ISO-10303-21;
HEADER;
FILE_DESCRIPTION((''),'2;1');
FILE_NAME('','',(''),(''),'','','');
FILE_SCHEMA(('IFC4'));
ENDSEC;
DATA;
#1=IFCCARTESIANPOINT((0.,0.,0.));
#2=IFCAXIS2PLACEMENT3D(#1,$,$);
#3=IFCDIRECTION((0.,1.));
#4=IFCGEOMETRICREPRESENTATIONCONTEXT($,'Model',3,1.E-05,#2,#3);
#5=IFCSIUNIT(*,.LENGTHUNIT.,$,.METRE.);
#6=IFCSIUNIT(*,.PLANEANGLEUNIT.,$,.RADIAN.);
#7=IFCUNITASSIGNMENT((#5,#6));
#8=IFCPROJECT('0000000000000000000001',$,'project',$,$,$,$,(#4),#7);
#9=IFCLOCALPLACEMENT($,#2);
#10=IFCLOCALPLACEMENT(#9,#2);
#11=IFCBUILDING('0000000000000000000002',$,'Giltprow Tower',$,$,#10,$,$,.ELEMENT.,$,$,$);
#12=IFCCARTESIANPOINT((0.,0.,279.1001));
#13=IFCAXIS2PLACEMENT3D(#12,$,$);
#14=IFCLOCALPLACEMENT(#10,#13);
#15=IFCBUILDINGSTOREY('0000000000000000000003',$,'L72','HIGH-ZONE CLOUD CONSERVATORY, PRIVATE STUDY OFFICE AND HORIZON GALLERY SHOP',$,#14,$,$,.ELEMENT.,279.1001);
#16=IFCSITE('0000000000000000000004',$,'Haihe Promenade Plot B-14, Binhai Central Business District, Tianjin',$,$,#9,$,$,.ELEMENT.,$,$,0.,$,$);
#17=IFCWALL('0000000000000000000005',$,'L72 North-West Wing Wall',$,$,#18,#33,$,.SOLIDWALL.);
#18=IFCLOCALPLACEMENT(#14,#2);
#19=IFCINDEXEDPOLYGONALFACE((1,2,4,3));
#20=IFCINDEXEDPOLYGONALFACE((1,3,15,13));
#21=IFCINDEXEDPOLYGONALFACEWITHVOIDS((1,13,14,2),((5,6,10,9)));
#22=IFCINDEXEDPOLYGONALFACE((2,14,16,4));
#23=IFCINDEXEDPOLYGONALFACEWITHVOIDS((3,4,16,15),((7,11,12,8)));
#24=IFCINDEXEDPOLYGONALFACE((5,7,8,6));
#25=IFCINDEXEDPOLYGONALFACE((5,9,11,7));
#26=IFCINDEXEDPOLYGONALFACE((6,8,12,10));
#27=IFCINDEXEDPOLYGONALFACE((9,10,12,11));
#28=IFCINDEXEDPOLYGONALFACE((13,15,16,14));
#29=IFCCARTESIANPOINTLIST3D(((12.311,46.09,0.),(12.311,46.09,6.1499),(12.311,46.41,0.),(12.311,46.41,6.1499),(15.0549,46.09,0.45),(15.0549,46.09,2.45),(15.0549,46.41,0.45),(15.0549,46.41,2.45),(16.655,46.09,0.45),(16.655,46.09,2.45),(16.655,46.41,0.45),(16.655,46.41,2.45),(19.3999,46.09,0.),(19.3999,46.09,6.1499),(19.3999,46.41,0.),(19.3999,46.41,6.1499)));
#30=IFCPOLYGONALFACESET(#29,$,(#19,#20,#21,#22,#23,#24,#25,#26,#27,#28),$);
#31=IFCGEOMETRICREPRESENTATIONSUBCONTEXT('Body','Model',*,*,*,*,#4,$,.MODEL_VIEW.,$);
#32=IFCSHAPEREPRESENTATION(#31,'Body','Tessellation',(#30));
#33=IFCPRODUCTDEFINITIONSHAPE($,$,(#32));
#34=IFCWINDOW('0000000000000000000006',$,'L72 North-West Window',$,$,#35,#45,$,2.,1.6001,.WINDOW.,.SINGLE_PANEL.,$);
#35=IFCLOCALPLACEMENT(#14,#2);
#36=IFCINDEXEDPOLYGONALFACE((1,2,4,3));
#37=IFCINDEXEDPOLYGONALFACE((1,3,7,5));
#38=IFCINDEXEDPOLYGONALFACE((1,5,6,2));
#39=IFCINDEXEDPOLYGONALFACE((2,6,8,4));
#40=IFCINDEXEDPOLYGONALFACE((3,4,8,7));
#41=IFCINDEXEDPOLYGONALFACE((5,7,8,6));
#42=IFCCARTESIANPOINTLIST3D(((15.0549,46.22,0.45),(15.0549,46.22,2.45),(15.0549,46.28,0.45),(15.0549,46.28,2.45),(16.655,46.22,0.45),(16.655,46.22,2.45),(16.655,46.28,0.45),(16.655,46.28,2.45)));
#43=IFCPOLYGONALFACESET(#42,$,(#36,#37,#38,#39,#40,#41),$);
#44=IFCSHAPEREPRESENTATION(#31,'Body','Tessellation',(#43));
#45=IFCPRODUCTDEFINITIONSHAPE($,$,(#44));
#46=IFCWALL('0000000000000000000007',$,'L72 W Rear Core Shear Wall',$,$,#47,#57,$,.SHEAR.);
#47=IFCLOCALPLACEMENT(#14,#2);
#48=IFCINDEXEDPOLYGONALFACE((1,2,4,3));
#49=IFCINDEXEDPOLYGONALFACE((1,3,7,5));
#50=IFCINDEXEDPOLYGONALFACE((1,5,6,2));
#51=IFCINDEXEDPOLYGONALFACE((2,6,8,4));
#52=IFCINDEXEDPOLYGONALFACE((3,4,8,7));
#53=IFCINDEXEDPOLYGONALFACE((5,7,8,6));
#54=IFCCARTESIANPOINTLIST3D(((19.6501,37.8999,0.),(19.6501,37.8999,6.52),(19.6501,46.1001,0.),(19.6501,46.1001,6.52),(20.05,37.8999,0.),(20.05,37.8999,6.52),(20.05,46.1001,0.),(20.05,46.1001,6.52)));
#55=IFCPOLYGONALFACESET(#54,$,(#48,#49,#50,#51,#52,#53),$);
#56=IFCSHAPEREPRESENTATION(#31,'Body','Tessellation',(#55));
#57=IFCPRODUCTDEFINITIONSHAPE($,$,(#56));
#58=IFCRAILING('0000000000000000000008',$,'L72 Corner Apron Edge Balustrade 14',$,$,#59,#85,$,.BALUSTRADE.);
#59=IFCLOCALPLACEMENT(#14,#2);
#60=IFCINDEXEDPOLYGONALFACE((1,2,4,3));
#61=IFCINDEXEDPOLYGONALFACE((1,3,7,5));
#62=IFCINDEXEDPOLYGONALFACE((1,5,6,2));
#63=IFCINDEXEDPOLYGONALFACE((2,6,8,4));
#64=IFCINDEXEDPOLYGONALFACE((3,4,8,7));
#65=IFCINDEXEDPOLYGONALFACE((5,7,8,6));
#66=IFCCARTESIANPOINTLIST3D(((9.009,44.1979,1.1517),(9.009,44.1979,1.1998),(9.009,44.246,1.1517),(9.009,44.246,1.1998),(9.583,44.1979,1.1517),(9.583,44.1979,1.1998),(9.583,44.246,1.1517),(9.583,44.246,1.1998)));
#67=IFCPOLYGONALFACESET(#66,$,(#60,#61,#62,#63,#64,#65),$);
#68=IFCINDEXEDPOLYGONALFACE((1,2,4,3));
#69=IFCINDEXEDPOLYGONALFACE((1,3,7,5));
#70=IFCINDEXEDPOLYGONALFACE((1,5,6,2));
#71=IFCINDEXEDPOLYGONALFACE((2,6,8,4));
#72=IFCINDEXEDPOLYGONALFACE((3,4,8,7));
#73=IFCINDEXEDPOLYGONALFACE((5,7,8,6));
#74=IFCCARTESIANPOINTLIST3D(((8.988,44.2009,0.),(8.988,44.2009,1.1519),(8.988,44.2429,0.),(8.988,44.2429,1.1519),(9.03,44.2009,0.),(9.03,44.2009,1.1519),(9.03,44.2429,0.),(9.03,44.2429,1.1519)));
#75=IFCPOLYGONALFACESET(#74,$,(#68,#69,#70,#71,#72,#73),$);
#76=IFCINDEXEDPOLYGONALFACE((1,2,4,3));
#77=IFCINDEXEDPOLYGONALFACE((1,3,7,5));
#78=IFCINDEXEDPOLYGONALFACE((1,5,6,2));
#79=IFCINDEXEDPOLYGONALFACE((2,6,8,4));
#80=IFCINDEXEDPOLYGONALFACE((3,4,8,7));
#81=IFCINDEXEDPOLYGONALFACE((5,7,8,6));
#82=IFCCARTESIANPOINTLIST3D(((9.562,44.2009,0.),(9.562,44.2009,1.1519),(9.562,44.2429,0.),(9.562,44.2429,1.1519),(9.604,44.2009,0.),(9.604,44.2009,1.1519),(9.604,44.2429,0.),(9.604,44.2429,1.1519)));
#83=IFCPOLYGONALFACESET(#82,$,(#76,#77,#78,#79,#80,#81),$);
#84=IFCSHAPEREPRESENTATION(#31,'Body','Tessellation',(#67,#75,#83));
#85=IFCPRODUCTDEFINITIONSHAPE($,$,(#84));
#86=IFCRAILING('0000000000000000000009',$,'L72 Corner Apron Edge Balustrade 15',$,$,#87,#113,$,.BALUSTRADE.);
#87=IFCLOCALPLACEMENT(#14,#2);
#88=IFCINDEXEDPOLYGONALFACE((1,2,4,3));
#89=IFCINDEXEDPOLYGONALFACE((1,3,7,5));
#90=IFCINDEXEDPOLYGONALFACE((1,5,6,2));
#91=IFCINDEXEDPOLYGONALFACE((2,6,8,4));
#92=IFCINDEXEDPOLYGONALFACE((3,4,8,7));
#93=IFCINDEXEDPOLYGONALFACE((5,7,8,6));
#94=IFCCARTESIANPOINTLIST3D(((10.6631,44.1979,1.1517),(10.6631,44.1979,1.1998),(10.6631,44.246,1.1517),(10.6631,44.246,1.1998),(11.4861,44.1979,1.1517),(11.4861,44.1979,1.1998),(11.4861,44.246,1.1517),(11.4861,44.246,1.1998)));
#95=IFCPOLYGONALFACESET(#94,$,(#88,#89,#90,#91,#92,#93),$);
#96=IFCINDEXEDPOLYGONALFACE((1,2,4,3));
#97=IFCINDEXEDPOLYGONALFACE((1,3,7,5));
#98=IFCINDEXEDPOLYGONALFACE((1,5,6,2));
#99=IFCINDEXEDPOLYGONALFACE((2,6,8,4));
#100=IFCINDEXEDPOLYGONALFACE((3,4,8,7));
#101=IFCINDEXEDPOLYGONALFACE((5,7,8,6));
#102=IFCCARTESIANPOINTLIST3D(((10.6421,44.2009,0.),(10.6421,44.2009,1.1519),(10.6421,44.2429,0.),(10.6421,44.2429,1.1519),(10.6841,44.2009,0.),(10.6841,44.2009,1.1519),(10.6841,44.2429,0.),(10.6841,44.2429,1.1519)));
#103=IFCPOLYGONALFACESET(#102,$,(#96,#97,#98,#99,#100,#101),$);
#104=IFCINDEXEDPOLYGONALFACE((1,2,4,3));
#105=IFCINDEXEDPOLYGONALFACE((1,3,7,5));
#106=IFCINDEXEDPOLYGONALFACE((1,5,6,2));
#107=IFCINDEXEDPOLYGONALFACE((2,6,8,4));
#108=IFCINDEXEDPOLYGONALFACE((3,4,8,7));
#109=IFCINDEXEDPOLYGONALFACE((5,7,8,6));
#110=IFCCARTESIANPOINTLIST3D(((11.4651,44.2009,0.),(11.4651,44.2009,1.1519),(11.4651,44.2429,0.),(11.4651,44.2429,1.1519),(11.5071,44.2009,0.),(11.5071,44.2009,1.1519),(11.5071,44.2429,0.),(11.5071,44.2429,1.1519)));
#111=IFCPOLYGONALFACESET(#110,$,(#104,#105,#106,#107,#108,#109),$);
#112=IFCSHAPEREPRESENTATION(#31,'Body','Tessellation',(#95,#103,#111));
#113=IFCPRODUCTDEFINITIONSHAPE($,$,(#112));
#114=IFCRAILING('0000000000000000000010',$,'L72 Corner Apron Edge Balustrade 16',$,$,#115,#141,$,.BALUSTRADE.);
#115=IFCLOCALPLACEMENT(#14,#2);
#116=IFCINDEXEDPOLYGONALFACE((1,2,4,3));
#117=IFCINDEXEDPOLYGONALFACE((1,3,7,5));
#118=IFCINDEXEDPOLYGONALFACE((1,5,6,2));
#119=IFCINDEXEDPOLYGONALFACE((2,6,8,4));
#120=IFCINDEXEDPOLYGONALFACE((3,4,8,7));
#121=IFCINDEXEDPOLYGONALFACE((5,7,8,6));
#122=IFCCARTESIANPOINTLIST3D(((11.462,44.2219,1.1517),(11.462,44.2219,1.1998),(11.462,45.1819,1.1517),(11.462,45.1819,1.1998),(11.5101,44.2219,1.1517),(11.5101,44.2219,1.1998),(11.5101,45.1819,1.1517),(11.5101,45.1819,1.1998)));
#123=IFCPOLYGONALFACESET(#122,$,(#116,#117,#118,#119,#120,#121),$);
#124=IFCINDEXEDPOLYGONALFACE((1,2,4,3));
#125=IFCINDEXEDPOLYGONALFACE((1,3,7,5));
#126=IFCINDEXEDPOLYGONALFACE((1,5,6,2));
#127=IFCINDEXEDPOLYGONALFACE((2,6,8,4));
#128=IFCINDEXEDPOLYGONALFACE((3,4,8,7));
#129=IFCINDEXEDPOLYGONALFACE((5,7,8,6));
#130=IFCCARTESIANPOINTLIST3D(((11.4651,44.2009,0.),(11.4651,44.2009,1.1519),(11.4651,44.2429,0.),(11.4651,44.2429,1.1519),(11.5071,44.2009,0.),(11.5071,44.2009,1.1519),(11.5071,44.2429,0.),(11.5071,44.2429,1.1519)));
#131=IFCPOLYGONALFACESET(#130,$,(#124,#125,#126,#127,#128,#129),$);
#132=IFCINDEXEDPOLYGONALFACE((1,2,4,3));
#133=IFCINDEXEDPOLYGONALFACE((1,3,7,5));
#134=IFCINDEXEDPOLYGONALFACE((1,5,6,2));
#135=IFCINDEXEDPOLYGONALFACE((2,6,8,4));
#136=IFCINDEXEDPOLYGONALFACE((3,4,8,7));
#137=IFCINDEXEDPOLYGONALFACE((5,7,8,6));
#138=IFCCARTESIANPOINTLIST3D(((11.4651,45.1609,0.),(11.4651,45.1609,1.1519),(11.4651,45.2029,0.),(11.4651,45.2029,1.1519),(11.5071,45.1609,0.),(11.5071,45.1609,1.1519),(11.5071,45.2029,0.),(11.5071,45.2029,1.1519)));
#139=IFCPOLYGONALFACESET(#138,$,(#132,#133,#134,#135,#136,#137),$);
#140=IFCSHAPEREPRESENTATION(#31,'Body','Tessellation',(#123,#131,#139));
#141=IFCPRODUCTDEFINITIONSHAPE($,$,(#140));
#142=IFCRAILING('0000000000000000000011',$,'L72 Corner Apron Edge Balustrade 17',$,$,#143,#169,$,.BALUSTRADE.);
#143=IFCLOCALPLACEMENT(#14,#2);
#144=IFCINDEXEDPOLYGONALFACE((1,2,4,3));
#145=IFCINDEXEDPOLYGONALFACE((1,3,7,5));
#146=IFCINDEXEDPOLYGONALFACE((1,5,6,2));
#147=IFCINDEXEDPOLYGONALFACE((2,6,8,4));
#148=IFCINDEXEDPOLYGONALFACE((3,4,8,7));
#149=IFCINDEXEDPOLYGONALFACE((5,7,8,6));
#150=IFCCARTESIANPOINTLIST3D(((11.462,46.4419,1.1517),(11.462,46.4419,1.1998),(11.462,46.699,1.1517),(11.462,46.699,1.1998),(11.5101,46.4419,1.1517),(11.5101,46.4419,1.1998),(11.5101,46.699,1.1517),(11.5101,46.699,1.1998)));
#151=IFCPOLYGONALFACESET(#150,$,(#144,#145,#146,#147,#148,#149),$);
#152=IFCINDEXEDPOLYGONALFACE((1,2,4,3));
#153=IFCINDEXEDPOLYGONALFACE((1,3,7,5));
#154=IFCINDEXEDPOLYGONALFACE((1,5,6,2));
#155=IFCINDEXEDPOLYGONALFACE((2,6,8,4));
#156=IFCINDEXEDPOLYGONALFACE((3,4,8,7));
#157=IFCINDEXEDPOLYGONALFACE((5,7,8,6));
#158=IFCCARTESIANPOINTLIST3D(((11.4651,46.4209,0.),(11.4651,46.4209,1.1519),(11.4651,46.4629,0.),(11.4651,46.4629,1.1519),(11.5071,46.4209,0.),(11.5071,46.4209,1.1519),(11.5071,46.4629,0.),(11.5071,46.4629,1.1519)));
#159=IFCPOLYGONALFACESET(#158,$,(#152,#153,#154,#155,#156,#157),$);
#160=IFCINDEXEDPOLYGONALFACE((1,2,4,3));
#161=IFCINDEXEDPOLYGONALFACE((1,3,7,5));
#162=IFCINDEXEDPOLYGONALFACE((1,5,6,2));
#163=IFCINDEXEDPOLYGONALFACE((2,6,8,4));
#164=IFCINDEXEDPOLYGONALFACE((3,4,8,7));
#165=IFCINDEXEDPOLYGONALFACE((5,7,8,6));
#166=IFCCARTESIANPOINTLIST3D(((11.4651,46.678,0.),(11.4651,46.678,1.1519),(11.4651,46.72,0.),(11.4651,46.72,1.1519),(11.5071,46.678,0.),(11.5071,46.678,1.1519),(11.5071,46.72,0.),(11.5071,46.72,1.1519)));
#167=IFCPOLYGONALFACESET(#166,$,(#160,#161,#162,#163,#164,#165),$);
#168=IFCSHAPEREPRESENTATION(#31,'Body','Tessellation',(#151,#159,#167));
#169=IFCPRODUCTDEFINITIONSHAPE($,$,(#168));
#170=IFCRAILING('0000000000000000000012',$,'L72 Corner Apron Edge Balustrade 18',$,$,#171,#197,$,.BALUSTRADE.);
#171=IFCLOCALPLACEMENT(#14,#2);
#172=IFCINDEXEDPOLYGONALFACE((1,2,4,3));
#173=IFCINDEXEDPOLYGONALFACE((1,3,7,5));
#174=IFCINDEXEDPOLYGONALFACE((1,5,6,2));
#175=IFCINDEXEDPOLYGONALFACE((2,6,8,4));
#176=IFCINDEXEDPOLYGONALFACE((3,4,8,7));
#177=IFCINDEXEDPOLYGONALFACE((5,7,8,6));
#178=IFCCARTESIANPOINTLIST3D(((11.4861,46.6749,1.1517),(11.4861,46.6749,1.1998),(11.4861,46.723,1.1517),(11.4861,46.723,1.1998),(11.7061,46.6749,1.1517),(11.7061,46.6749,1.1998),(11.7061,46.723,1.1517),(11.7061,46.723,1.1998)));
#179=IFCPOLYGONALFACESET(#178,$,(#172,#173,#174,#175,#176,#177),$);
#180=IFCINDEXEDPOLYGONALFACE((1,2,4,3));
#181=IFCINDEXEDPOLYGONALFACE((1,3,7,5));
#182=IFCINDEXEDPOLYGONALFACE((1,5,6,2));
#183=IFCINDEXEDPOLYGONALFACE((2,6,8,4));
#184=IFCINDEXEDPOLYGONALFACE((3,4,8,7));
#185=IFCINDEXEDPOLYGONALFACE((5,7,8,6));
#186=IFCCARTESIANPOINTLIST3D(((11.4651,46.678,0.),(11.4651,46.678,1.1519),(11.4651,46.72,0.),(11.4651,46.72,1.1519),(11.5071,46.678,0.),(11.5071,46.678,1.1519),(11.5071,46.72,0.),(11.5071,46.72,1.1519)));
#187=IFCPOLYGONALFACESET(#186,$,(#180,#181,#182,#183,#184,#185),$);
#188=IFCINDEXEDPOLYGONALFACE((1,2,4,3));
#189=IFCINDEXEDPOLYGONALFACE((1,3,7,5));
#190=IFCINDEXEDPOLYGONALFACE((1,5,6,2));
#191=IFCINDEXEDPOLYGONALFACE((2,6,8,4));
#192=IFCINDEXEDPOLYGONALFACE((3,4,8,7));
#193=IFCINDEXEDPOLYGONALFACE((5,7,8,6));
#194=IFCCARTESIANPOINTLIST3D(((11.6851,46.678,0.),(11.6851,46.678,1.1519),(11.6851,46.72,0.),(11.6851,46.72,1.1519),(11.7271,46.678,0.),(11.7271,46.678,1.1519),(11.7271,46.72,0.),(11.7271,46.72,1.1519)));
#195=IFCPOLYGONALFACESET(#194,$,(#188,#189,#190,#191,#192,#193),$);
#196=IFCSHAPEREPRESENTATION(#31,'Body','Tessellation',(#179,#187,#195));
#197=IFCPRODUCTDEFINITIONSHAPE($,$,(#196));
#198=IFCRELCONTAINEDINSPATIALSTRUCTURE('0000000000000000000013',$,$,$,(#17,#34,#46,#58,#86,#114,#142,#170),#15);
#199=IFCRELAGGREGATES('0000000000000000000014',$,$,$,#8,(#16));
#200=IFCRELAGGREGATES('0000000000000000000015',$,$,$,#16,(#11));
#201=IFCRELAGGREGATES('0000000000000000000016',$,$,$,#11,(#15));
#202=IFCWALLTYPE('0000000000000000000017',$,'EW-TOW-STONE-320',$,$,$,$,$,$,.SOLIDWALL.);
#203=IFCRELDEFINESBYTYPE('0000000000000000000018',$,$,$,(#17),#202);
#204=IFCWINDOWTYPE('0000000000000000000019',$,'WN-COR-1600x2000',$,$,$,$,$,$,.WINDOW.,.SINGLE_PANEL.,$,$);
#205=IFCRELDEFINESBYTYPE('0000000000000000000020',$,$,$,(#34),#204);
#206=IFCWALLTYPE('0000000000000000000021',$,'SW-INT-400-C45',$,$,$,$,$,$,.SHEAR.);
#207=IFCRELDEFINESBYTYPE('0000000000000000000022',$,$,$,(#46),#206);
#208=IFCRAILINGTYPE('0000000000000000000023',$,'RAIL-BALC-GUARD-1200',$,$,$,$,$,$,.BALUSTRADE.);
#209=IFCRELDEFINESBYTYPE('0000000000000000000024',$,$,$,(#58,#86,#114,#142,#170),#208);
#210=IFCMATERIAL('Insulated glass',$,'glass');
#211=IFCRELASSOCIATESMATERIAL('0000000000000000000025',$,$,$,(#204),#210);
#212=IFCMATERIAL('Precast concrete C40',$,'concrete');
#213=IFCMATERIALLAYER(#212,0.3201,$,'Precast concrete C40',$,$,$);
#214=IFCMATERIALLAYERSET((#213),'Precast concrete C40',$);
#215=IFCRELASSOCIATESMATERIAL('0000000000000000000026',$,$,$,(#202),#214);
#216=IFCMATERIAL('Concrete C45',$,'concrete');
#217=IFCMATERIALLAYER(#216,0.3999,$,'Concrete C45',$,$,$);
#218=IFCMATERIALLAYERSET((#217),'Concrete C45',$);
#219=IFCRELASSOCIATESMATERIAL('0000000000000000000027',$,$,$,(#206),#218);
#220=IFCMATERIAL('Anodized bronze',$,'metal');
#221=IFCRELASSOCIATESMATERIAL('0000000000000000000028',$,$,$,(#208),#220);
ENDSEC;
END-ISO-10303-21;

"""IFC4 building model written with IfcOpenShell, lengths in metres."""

from ifc_helpers import new_model, si_unit, direction, frame, frame_2d, origin, origin_2d, place, context, subcontext, project, spatial, rectangle, extrude, source, transform, mapped, material, layer, layer_set, type_object, element, fill, save


model = new_model("IFC4")

# Units and contexts
model_context = context("Model", 3, precision=1e-05, world=origin(), true_north=direction((0.0, 1.0)))
body_context = subcontext(model_context, "Body", "Model", "MODEL_VIEW")
ifc_project = project(units=[si_unit("LENGTHUNIT", "METRE"), si_unit("PLANEANGLEUNIT", "RADIAN")], contexts=[model_context])

# Site, building, storey
site_placement = place(None, origin())
site = spatial("IfcSite", under=ifc_project, at=site_placement, Name="Haihe Promenade Plot B-14, Binhai Central Business District, Tianjin", CompositionType="ELEMENT", RefElevation=0.0)
building_placement = place(site_placement, origin())
building = spatial("IfcBuilding", under=site, at=building_placement, Name="Giltprow Tower", CompositionType="ELEMENT")
storey_placement = place(building_placement, frame((0.0, 0.0, 279.1001)))
storey = spatial("IfcBuildingStorey", under=building, at=storey_placement, Name="L72", Description="HIGH-ZONE CLOUD CONSERVATORY, PRIVATE STUDY OFFICE AND HORIZON GALLERY SHOP", CompositionType="ELEMENT", Elevation=279.1001)

# Shared definitions
ifc_material_1 = material(Name="Concrete C45", Category="concrete")

# Wall, opening, window
ifc_material_2 = material(Name="Precast concrete C40", Category="concrete")
ifc_material_3 = material(Name="Insulated glass", Category="glass")
window_type = type_object("IfcWindowType", Name="WN-COR-1600x2000", PartitioningType="SINGLE_PANEL", PredefinedType="WINDOW", material=ifc_material_3)
shared_shape_1 = source(origin(), body_context, "Body", "SweptSolid", [
    extrude(rectangle(XDim=1.6001, YDim=2.0, at=frame_2d((0.8, 1.0))), frame((0.0, 0.03, 0.0), z_axis=(0.0, -1.0, 0.0), x_axis=(1.0, 0.0, 0.0)), (0.0, 0.0, 1.0), 0.0601),
])
ifc_layer_1 = layer(ifc_material_2, 0.3201, Name="Precast concrete C40")
ifc_layer_set_1 = layer_set([ifc_layer_1], Name="Precast concrete C40")
wall_type_1 = type_object("IfcWallType", Name="EW-TOW-STONE-320", PredefinedType="SOLIDWALL", material=ifc_layer_set_1)
wall_1_placement = place(storey_placement, frame((12.311, 46.25, 0.0), z_axis=(0.0, 0.0, 1.0), x_axis=(1.0, 0.0, 0.0)))
wall_1 = element("IfcWall", 1, at=wall_1_placement, inside=storey, type_object=wall_type_1, Name="L72 North-West Wing Wall", PredefinedType="SOLIDWALL", context=body_context, shape_type="SweptSolid", body=[
    extrude(rectangle(XDim=7.0889, YDim=0.3201, at=frame_2d((3.5444, 0.0))), origin(), (0.0, 0.0, 1.0), 6.1499),
])
opening_1_placement = place(wall_1_placement, frame((2.7439, 0.0, 0.45)))
opening_1 = element("IfcOpeningElement", 2, at=opening_1_placement, cuts=wall_1, PredefinedType="OPENING", context=body_context, shape_type="SweptSolid", body=[
    extrude(rectangle(XDim=1.6001, YDim=2.0, at=frame_2d((0.8, 1.0))), frame((0.0, 0.1699, 0.0), z_axis=(0.0, -1.0, 0.0), x_axis=(1.0, 0.0, 0.0)), (0.0, 0.0, 1.0), 0.3401),
])
window_1_placement = place(opening_1_placement, origin())
window_1 = element("IfcWindow", 3, at=window_1_placement, inside=storey, type_object=window_type, Name="L72 North-West Window", OverallHeight=2.0, OverallWidth=1.6001, PartitioningType="SINGLE_PANEL", PredefinedType="WINDOW", context=body_context, shape_type="MappedRepresentation", body=[
    mapped(shared_shape_1, transform((0.0, 0.0, 0.0), x_axis=(1.0, 0.0, 0.0), y_axis=(0.0, 1.0, 0.0), z_axis=(0.0, 0.0, 1.0), scale=1.0)),
])
fill(opening_1, window_1)

# Wall
ifc_layer_2 = layer(ifc_material_1, 0.3999, Name="Concrete C45")
ifc_layer_set_2 = layer_set([ifc_layer_2], Name="Concrete C45")
wall_type_2 = type_object("IfcWallType", Name="SW-INT-400-C45", PredefinedType="SHEAR", material=ifc_layer_set_2)
wall_2_placement = place(storey_placement, frame((19.8501, 37.8999, 0.0), z_axis=(0.0, 0.0, 1.0), x_axis=(0.0, 1.0, 0.0)))
element("IfcWall", 4, at=wall_2_placement, inside=storey, type_object=wall_type_2, Name="L72 W Rear Core Shear Wall", PredefinedType="SHEAR", context=body_context, shape_type="SweptSolid", body=[
    extrude(rectangle(XDim=8.2002, YDim=0.3999, at=frame_2d((4.1001, 0.0))), origin(), (0.0, 0.0, 1.0), 6.52),
])

# Railings
ifc_material_4 = material(Name="Anodized bronze", Category="metal")
railing_type = type_object("IfcRailingType", Name="RAIL-BALC-GUARD-1200", PredefinedType="BALUSTRADE", material=ifc_material_4)
railing_1_placement = place(storey_placement, frame((9.009, 44.2219, 0.0)))
element("IfcRailing", 5, at=railing_1_placement, inside=storey, type_object=railing_type, Name="L72 Corner Apron Edge Balustrade 14", PredefinedType="BALUSTRADE", context=body_context, shape_type="SweptSolid", body=[
    extrude(rectangle(XDim=0.0481, YDim=0.0481, at=origin_2d()), frame((0.0, 0.0, 1.1758), z_axis=(1.0, 0.0, 0.0), x_axis=(0.0, 1.0, 0.0)), (0.0, 0.0, 1.0), 0.574),
    extrude(rectangle(XDim=0.042, YDim=0.042, at=origin_2d()), origin(), (0.0, 0.0, 1.0), 1.1519),
    extrude(rectangle(XDim=0.042, YDim=0.042, at=origin_2d()), frame((0.574, 0.0, 0.0)), (0.0, 0.0, 1.0), 1.1519),
])
railing_2_placement = place(storey_placement, frame((10.6631, 44.2219, 0.0)))
element("IfcRailing", 6, at=railing_2_placement, inside=storey, type_object=railing_type, Name="L72 Corner Apron Edge Balustrade 15", PredefinedType="BALUSTRADE", context=body_context, shape_type="SweptSolid", body=[
    extrude(rectangle(XDim=0.0481, YDim=0.0481, at=origin_2d()), frame((0.0, 0.0, 1.1758), z_axis=(1.0, 0.0, 0.0), x_axis=(0.0, 1.0, 0.0)), (0.0, 0.0, 1.0), 0.823),
    extrude(rectangle(XDim=0.042, YDim=0.042, at=origin_2d()), origin(), (0.0, 0.0, 1.0), 1.1519),
    extrude(rectangle(XDim=0.042, YDim=0.042, at=origin_2d()), frame((0.823, 0.0, 0.0)), (0.0, 0.0, 1.0), 1.1519),
])
railing_3_placement = place(storey_placement, frame((11.4861, 44.2219, 0.0)))
element("IfcRailing", 7, at=railing_3_placement, inside=storey, type_object=railing_type, Name="L72 Corner Apron Edge Balustrade 16", PredefinedType="BALUSTRADE", context=body_context, shape_type="SweptSolid", body=[
    extrude(rectangle(XDim=0.0481, YDim=0.0481, at=origin_2d()), frame((0.0, 0.0, 1.1758), z_axis=(0.0, 1.0, 0.0), x_axis=(-1.0, 0.0, 0.0)), (0.0, 0.0, 1.0), 0.96),
    extrude(rectangle(XDim=0.042, YDim=0.042, at=origin_2d()), origin(), (0.0, 0.0, 1.0), 1.1519),
    extrude(rectangle(XDim=0.042, YDim=0.042, at=origin_2d()), frame((0.0, 0.96, 0.0)), (0.0, 0.0, 1.0), 1.1519),
])
railing_4_placement = place(storey_placement, frame((11.4861, 46.4419, 0.0)))
element("IfcRailing", 8, at=railing_4_placement, inside=storey, type_object=railing_type, Name="L72 Corner Apron Edge Balustrade 17", PredefinedType="BALUSTRADE", context=body_context, shape_type="SweptSolid", body=[
    extrude(rectangle(XDim=0.0481, YDim=0.0481, at=origin_2d()), frame((0.0, 0.0, 1.1758), z_axis=(0.0, 1.0, 0.0), x_axis=(-1.0, 0.0, 0.0)), (0.0, 0.0, 1.0), 0.2571),
    extrude(rectangle(XDim=0.042, YDim=0.042, at=origin_2d()), origin(), (0.0, 0.0, 1.0), 1.1519),
    extrude(rectangle(XDim=0.042, YDim=0.042, at=origin_2d()), frame((0.0, 0.2571, 0.0)), (0.0, 0.0, 1.0), 1.1519),
])
railing_5_placement = place(storey_placement, frame((11.4861, 46.699, 0.0)))
element("IfcRailing", 9, at=railing_5_placement, inside=storey, type_object=railing_type, Name="L72 Corner Apron Edge Balustrade 18", PredefinedType="BALUSTRADE", context=body_context, shape_type="SweptSolid", body=[
    extrude(rectangle(XDim=0.0481, YDim=0.0481, at=origin_2d()), frame((0.0, 0.0, 1.1758), z_axis=(1.0, 0.0, 0.0), x_axis=(0.0, 1.0, 0.0)), (0.0, 0.0, 1.0), 0.22),
    extrude(rectangle(XDim=0.042, YDim=0.042, at=origin_2d()), origin(), (0.0, 0.0, 1.0), 1.1519),
    extrude(rectangle(XDim=0.042, YDim=0.042, at=origin_2d()), frame((0.22, 0.0, 0.0)), (0.0, 0.0, 1.0), 1.1519),
])

save(model, "model.ifc")
